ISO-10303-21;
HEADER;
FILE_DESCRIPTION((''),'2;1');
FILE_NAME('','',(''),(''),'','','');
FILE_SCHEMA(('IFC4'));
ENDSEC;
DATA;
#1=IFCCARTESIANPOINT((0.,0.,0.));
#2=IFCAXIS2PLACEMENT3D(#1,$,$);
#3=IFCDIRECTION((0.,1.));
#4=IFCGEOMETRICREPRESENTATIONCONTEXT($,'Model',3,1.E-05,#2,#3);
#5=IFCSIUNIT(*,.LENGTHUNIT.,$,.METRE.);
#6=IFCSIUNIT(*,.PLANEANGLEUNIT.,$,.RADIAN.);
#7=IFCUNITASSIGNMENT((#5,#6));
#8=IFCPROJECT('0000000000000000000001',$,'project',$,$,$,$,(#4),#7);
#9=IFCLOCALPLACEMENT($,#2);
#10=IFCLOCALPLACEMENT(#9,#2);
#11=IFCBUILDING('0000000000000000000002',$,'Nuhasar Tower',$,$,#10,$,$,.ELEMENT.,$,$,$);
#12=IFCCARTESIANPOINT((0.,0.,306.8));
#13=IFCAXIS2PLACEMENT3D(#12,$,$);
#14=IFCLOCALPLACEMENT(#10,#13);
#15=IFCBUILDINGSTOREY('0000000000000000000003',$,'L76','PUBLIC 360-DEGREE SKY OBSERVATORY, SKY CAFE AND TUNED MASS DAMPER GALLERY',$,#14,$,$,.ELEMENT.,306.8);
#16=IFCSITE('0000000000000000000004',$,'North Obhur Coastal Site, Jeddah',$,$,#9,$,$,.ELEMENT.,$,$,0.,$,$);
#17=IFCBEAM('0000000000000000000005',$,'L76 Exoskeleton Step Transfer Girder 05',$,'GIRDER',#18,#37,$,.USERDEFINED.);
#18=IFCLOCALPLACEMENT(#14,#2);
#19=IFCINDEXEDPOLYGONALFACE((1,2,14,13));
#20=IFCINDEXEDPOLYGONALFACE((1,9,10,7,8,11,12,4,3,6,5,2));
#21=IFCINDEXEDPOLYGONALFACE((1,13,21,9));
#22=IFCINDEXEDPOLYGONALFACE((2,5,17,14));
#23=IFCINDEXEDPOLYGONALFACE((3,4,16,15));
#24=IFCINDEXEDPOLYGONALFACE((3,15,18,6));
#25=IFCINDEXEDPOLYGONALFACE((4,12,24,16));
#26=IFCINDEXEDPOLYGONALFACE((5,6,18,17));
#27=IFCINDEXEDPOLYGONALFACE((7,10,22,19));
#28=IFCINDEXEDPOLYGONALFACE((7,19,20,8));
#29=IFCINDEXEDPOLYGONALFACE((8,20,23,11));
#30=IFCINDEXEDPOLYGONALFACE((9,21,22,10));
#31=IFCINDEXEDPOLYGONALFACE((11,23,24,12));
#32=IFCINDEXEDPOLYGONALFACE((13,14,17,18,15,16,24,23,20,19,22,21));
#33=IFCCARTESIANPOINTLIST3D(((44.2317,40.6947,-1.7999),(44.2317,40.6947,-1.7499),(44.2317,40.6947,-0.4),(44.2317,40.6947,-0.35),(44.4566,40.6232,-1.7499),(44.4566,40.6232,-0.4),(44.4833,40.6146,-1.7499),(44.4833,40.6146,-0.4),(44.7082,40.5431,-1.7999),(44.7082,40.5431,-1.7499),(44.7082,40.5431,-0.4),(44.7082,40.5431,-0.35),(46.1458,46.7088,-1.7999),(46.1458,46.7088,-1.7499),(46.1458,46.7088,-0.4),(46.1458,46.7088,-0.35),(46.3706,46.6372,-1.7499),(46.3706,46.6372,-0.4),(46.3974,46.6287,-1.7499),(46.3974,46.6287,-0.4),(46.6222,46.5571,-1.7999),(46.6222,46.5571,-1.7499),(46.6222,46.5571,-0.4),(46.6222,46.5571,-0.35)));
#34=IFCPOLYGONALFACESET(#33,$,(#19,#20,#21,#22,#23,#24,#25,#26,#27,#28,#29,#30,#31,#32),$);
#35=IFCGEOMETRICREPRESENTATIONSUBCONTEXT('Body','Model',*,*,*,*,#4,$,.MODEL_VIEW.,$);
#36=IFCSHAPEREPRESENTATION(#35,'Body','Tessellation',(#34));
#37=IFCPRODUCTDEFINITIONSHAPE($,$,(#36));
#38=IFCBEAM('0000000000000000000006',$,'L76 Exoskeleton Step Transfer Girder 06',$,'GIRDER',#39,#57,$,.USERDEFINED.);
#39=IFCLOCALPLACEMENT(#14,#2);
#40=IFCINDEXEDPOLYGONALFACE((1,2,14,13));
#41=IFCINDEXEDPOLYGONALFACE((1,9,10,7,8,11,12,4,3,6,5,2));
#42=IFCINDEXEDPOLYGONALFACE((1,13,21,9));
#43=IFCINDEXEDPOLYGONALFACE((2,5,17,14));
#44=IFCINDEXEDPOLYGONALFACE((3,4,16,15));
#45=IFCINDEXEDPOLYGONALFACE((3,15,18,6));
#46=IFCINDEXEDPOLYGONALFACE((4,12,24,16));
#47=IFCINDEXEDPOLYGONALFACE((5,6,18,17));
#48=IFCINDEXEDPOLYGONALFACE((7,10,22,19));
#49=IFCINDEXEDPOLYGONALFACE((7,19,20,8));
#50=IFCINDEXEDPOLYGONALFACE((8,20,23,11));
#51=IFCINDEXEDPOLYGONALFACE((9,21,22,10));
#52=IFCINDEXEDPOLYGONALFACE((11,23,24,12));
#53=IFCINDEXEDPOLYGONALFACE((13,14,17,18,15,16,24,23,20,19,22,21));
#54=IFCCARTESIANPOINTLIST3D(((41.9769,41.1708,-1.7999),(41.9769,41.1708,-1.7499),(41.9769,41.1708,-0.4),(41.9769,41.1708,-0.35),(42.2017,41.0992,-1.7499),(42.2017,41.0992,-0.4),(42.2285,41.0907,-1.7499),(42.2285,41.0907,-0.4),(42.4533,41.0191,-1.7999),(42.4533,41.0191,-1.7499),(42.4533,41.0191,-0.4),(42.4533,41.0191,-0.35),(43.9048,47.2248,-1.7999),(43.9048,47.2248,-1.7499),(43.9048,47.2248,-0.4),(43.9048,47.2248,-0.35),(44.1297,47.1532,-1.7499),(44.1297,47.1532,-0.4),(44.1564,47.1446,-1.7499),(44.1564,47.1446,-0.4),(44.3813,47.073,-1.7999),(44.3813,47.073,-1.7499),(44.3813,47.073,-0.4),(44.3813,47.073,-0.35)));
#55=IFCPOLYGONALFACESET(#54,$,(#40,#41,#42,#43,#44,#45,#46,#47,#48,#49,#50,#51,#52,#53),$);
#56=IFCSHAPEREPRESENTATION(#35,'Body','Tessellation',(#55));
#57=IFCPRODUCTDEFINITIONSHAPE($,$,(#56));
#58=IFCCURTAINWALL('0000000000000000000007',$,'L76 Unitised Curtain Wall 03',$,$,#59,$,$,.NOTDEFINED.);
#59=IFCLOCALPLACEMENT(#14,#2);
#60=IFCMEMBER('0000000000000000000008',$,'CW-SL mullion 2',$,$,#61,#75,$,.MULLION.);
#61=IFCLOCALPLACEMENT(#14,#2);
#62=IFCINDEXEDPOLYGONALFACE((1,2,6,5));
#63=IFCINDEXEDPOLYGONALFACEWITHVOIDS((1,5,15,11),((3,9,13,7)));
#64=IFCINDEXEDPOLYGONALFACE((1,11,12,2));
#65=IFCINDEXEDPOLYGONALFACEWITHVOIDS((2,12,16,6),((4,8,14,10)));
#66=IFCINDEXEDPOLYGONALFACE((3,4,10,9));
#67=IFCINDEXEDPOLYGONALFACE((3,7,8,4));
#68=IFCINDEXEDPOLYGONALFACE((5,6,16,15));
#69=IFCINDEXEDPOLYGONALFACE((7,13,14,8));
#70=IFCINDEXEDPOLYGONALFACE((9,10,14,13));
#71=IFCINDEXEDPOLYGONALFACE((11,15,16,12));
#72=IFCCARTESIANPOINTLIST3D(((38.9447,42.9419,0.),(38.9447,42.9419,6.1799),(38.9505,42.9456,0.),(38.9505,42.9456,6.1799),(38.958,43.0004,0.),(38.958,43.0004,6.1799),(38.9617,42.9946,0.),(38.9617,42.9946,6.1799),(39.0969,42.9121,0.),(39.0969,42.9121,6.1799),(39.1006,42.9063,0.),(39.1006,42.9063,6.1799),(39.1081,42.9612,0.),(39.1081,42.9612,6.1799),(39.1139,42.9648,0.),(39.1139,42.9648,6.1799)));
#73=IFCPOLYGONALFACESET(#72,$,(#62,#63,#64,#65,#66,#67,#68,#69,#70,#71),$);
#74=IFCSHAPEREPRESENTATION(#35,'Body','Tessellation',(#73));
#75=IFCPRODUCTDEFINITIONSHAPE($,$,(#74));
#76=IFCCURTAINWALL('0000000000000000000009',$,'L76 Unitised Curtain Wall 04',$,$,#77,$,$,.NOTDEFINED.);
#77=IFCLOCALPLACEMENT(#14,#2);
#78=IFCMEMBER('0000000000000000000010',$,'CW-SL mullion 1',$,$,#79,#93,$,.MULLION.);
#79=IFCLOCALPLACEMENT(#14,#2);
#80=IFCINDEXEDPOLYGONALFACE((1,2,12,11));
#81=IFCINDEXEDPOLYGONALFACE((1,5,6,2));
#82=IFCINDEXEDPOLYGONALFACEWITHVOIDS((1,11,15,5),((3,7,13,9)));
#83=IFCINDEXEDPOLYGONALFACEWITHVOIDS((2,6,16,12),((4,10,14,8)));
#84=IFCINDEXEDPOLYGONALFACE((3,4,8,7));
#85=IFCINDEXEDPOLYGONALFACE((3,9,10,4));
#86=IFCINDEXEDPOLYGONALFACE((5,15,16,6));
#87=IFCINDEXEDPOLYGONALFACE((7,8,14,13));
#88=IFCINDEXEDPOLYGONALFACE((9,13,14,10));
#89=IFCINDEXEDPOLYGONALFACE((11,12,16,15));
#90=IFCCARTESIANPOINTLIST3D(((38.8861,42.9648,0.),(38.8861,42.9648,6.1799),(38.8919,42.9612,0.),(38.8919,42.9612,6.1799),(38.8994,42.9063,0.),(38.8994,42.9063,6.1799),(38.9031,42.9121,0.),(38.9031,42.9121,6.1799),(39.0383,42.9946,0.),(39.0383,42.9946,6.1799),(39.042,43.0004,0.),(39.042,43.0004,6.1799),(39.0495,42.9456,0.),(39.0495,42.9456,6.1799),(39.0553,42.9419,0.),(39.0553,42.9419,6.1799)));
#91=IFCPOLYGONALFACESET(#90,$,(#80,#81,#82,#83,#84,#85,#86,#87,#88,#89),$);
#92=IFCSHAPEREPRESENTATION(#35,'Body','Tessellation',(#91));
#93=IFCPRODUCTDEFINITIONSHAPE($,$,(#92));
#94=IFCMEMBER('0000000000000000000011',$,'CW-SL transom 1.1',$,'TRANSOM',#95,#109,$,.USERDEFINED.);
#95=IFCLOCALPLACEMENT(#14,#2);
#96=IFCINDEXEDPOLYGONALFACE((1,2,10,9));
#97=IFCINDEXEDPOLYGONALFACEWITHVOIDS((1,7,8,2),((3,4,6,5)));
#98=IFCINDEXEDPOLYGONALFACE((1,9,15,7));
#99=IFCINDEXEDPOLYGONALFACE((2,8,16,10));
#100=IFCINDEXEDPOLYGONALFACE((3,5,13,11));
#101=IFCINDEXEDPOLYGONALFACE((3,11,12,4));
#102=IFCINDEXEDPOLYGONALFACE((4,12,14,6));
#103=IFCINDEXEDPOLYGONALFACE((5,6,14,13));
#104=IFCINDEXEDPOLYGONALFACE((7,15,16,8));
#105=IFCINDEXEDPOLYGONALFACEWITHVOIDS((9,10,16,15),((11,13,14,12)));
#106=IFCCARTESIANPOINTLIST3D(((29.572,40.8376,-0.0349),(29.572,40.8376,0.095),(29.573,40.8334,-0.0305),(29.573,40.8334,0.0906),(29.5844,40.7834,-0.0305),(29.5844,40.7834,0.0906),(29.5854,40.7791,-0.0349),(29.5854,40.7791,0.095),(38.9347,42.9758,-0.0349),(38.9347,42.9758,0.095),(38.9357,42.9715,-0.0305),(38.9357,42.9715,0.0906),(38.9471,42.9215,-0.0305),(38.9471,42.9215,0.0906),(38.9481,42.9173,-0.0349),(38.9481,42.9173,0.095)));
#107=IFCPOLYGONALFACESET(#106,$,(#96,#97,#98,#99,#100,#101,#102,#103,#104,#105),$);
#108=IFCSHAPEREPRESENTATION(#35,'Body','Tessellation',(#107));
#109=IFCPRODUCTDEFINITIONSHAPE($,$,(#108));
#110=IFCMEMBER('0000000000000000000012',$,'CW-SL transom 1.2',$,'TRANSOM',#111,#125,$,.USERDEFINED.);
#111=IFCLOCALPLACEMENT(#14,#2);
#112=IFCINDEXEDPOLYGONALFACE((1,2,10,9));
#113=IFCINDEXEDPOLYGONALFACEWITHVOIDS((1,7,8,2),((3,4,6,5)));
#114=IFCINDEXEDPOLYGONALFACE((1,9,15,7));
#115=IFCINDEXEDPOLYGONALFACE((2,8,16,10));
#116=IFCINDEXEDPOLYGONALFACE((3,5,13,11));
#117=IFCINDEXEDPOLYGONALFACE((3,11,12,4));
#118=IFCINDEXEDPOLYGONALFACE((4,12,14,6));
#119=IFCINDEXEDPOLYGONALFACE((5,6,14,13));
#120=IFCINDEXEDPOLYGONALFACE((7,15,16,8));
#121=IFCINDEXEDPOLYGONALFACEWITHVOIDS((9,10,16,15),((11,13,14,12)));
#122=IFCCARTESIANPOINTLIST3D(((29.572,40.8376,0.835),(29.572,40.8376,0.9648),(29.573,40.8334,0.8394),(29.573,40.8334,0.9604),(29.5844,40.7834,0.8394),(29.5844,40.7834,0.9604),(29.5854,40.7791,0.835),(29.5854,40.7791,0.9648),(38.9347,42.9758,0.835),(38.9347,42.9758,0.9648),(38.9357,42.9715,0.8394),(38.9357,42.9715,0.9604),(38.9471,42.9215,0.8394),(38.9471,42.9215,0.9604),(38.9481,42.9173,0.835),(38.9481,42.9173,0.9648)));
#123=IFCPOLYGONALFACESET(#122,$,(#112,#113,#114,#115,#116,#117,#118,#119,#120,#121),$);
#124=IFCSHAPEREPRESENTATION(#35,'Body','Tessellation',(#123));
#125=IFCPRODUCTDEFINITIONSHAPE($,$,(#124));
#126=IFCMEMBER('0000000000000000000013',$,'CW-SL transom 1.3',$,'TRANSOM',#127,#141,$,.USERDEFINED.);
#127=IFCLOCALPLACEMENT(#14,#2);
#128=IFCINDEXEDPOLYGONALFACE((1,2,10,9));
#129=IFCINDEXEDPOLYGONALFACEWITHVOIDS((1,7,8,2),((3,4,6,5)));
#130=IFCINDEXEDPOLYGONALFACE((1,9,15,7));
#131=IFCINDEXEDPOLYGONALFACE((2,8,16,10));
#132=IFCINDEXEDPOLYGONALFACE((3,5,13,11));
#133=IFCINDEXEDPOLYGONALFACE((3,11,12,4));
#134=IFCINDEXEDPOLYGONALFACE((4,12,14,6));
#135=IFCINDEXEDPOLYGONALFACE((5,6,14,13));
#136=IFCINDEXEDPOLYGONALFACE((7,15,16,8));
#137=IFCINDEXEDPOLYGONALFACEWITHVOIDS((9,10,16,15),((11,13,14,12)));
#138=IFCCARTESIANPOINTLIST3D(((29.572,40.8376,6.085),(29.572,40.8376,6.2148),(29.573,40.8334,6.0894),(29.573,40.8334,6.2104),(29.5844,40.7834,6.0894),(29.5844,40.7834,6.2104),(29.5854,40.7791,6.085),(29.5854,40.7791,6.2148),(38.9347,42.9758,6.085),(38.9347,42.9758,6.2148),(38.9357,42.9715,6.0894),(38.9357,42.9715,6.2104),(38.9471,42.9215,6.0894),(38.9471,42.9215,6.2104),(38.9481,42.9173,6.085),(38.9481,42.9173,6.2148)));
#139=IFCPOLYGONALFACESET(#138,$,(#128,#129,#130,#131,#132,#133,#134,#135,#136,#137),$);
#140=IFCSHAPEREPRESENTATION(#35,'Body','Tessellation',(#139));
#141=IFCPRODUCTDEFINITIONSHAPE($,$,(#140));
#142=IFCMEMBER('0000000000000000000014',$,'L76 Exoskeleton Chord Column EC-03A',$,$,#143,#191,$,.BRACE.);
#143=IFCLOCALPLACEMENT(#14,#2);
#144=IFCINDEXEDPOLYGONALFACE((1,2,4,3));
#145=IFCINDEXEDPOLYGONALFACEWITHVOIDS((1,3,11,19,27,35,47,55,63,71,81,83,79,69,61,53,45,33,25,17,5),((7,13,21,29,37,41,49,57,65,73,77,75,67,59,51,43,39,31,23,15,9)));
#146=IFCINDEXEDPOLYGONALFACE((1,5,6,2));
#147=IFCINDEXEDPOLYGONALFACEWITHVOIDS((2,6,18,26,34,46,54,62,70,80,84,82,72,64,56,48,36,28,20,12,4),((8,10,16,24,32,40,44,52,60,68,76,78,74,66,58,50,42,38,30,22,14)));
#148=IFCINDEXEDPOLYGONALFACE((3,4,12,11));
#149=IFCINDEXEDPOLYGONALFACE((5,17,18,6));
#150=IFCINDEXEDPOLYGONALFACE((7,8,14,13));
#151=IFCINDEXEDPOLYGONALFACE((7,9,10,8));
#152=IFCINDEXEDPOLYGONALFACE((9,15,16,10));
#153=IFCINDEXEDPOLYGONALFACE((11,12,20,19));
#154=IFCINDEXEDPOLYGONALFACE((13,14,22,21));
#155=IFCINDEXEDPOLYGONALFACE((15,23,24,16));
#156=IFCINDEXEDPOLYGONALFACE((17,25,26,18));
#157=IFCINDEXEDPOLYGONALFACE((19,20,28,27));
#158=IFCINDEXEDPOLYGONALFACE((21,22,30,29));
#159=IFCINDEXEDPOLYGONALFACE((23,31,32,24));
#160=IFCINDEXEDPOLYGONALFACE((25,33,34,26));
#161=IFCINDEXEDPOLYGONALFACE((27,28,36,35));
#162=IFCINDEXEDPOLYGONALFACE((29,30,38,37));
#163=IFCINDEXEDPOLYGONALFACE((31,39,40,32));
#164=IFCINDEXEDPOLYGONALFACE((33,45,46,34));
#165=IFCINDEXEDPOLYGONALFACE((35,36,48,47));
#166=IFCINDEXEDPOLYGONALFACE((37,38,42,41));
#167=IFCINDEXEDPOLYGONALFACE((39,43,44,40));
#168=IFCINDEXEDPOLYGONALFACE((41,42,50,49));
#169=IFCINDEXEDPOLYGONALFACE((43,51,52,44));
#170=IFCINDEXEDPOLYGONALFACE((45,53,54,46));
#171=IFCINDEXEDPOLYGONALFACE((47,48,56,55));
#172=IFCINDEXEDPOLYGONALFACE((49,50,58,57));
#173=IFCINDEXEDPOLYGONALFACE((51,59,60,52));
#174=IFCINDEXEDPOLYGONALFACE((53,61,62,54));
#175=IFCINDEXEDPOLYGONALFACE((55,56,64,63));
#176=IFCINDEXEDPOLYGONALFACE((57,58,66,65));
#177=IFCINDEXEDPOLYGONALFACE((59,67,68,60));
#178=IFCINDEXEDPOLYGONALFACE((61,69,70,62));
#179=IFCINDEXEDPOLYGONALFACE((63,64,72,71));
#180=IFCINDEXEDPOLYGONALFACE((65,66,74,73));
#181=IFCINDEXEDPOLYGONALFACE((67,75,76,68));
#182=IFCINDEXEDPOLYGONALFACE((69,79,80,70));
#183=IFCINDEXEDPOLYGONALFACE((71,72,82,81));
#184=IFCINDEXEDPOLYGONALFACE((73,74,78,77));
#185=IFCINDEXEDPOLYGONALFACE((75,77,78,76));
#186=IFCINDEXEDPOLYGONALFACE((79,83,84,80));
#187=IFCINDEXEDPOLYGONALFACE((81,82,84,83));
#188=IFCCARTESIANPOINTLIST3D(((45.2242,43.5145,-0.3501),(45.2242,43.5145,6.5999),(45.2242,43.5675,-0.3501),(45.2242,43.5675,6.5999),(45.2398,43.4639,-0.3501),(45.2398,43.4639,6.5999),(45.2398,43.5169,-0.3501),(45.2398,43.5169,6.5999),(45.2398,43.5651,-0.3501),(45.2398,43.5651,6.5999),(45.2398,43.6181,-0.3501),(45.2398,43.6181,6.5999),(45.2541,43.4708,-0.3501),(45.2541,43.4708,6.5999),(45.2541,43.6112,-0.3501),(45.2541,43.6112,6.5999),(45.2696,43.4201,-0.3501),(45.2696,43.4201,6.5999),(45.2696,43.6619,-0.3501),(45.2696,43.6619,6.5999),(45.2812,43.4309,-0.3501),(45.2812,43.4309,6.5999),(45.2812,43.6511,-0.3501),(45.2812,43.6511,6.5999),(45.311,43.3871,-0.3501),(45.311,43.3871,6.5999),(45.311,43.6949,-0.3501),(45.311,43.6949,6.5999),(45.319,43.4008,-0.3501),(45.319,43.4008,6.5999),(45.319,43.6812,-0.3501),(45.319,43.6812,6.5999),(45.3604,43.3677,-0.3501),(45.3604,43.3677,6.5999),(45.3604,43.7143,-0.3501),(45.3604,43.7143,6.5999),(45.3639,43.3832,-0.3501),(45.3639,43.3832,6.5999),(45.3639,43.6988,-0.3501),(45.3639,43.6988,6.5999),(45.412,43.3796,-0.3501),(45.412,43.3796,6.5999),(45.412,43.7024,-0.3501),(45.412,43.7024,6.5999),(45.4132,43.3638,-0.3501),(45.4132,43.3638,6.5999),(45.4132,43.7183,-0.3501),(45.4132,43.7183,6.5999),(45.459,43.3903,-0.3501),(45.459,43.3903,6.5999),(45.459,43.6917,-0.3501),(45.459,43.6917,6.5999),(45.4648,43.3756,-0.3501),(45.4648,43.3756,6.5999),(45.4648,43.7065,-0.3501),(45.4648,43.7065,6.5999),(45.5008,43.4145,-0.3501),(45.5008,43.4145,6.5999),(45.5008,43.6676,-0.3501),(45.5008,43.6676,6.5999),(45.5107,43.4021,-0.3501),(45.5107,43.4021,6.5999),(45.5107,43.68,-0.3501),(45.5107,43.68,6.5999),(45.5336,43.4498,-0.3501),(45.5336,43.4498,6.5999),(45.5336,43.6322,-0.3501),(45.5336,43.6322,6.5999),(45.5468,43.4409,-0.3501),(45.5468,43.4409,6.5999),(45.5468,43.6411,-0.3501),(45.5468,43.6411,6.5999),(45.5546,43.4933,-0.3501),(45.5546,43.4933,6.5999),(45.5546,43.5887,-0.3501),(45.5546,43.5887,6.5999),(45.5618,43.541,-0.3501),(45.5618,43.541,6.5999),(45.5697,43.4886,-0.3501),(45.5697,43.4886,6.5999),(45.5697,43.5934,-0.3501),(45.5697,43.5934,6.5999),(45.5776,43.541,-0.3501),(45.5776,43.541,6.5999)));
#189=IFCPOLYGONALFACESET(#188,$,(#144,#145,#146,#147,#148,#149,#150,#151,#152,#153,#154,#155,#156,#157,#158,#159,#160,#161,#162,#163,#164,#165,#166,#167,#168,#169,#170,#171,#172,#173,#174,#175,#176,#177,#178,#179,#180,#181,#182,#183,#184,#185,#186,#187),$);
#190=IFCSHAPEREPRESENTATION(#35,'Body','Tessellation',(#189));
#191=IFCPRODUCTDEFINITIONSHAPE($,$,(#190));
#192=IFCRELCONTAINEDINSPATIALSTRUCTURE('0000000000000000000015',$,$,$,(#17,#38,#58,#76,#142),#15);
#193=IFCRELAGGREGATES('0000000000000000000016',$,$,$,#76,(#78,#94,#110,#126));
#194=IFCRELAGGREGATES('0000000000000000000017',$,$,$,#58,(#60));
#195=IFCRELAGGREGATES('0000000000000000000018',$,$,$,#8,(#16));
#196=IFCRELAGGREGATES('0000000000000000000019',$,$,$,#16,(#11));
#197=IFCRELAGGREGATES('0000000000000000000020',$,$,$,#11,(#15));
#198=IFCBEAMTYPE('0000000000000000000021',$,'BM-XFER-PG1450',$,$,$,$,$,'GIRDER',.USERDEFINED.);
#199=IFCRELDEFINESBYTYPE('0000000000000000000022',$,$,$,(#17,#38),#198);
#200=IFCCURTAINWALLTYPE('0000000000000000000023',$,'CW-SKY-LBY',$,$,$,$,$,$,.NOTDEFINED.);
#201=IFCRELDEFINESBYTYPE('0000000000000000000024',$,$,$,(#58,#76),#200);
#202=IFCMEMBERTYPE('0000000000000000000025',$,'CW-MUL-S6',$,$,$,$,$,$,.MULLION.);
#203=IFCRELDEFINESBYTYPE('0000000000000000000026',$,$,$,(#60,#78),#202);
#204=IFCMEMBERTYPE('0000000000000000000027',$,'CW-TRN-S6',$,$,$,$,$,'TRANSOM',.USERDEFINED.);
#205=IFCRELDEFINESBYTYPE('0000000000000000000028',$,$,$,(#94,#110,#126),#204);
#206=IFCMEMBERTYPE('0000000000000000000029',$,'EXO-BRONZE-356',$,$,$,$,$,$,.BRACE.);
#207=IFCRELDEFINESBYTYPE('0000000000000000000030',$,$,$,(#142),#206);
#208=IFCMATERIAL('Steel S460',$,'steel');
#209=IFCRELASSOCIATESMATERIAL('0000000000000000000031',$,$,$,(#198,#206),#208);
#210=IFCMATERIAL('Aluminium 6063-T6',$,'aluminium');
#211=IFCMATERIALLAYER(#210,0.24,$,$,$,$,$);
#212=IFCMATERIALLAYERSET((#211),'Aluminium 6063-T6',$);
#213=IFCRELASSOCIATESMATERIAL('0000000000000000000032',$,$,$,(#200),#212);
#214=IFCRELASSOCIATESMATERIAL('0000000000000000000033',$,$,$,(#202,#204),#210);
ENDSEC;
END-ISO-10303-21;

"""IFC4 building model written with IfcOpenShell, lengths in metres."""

from ifc_helpers import new_model, si_unit, direction, frame, origin, origin_2d, place, context, subcontext, project, spatial, hollow_rectangle, hollow_circle, i_section, extrude, material, layer, layer_set, material_profile, profile_set, type_object, element, aggregate, save


model = new_model("IFC4")

# Units and contexts
model_context = context("Model", 3, precision=1e-05, world=origin(), true_north=direction((0.0, 1.0)))
body_context = subcontext(model_context, "Body", "Model", "MODEL_VIEW")
ifc_project = project(units=[si_unit("LENGTHUNIT", "METRE"), si_unit("PLANEANGLEUNIT", "RADIAN")], contexts=[model_context])

# Site, building, storey
site_placement = place(None, origin())
site = spatial("IfcSite", under=ifc_project, at=site_placement, Name="North Obhur Coastal Site, Jeddah", CompositionType="ELEMENT", RefElevation=0.0)
building_placement = place(site_placement, origin())
building = spatial("IfcBuilding", under=site, at=building_placement, Name="Nuhasar Tower", CompositionType="ELEMENT")
storey_placement = place(building_placement, frame((0.0, 0.0, 306.8)))
storey = spatial("IfcBuildingStorey", under=building, at=storey_placement, Name="L76", Description="PUBLIC 360-DEGREE SKY OBSERVATORY, SKY CAFE AND TUNED MASS DAMPER GALLERY", CompositionType="ELEMENT", Elevation=306.8)

# Beams
ifc_material_1 = material(Name="Steel S460", Category="steel")
ifc_material_profile_1 = material_profile(ifc_material_1, i_section(OverallWidth=0.5, OverallDepth=1.45, WebThickness=0.0281, FlangeThickness=0.05, at=origin_2d()), Name="PG1450X500")
ifc_profile_set_1 = profile_set([ifc_material_profile_1], Name="Steel S460")
beam_type = type_object("IfcBeamType", Name="BM-XFER-PG1450", ElementType="GIRDER", PredefinedType="USERDEFINED", material=ifc_profile_set_1)
beam_1_placement = place(storey_placement, frame((44.47, 40.6189, -1.075), z_axis=(0.303271, 0.952904, 0.0), x_axis=(-0.952904, 0.303271, 0.0)))
element("IfcBeam", 1, at=beam_1_placement, inside=storey, type_object=beam_type, Name="L76 Exoskeleton Step Transfer Girder 05", ObjectType="GIRDER", PredefinedType="USERDEFINED", context=body_context, shape_type="SweptSolid", body=[
    extrude(i_section(OverallWidth=0.5, OverallDepth=1.45, WebThickness=0.0281, FlangeThickness=0.05, at=origin_2d()), origin(), (0.0, 0.0, 1.0), 6.3113),
])
beam_2_placement = place(storey_placement, frame((42.2151, 41.095, -1.075), z_axis=(0.303449, 0.952848, 0.0), x_axis=(-0.952848, 0.303449, 0.0)))
element("IfcBeam", 2, at=beam_2_placement, inside=storey, type_object=beam_type, Name="L76 Exoskeleton Step Transfer Girder 06", ObjectType="GIRDER", PredefinedType="USERDEFINED", context=body_context, shape_type="SweptSolid", body=[
    extrude(i_section(OverallWidth=0.5, OverallDepth=1.45, WebThickness=0.0281, FlangeThickness=0.05, at=origin_2d()), origin(), (0.0, 0.0, 1.0), 6.3535),
])

# Curtain wall, member
ifc_material_2 = material(Name="Aluminium 6063-T6", Category="aluminium")
ifc_layer_1 = layer(ifc_material_2, 0.24)
ifc_layer_set_1 = layer_set([ifc_layer_1], Name="Aluminium 6063-T6")
curtain_wall_type = type_object("IfcCurtainWallType", Name="CW-SKY-LBY", PredefinedType="NOTDEFINED", material=ifc_layer_set_1)
curtain_wall_1_placement = place(storey_placement, origin())
curtain_wall_1 = element("IfcCurtainWall", 3, at=curtain_wall_1_placement, inside=storey, type_object=curtain_wall_type, Name="L76 Unitised Curtain Wall 03", PredefinedType="NOTDEFINED")
ifc_material_profile_2 = material_profile(ifc_material_2, hollow_rectangle(XDim=0.0601, YDim=0.1599, WallThickness=0.0049, at=origin_2d()), Name="CWM-6")
ifc_profile_set_2 = profile_set([ifc_material_profile_2], Name="Aluminium 6063-T6")
member_type_1 = type_object("IfcMemberType", Name="CW-MUL-S6", PredefinedType="MULLION", material=ifc_profile_set_2)
member_1_placement = place(storey_placement, frame((39.0293, 42.9534, 0.0), z_axis=(0.0, 0.0, 1.0), x_axis=(-0.222643, -0.9749, 0.0)))
member_1 = element("IfcMember", 4, at=member_1_placement, type_object=member_type_1, Name="CW-SL mullion 2", PredefinedType="MULLION", context=body_context, shape_type="SweptSolid", body=[
    extrude(hollow_rectangle(XDim=0.0601, YDim=0.1599, WallThickness=0.0049, at=origin_2d()), origin(), (0.0, 0.0, 1.0), 6.1799),
])

# Curtain wall, members
curtain_wall_2_placement = place(storey_placement, origin())
curtain_wall_2 = element("IfcCurtainWall", 5, at=curtain_wall_2_placement, inside=storey, type_object=curtain_wall_type, Name="L76 Unitised Curtain Wall 04", PredefinedType="NOTDEFINED")
member_2_placement = place(storey_placement, frame((38.9707, 42.9534, 0.0), z_axis=(0.0, 0.0, 1.0), x_axis=(0.222643, -0.9749, 0.0)))
member_2 = element("IfcMember", 6, at=member_2_placement, type_object=member_type_1, Name="CW-SL mullion 1", PredefinedType="MULLION", context=body_context, shape_type="SweptSolid", body=[
    extrude(hollow_rectangle(XDim=0.0601, YDim=0.1599, WallThickness=0.0049, at=origin_2d()), origin(), (0.0, 0.0, 1.0), 6.1799),
])
ifc_material_profile_3 = material_profile(ifc_material_2, hollow_rectangle(XDim=0.0601, YDim=0.1299, WallThickness=0.0044, at=origin_2d()), Name="CWT-6")
ifc_profile_set_3 = profile_set([ifc_material_profile_3], Name="Aluminium 6063-T6")
member_type_2 = type_object("IfcMemberType", Name="CW-TRN-S6", ElementType="TRANSOM", PredefinedType="USERDEFINED", material=ifc_profile_set_3)
member_3_placement = place(storey_placement, frame((38.9414, 42.9465, 0.03), z_axis=(-0.974901, -0.222638, 0.0), x_axis=(0.222638, -0.974901, 0.0)))
member_3 = element("IfcMember", 7, at=member_3_placement, type_object=member_type_2, Name="CW-SL transom 1.1", ObjectType="TRANSOM", PredefinedType="USERDEFINED", context=body_context, shape_type="SweptSolid", body=[
    extrude(hollow_rectangle(XDim=0.0601, YDim=0.1299, WallThickness=0.0044, at=origin_2d()), origin(), (0.0, 0.0, 1.0), 9.6038),
])
member_4_placement = place(storey_placement, frame((38.9414, 42.9465, 0.8999), z_axis=(-0.974901, -0.222638, 0.0), x_axis=(0.222638, -0.974901, 0.0)))
member_4 = element("IfcMember", 8, at=member_4_placement, type_object=member_type_2, Name="CW-SL transom 1.2", ObjectType="TRANSOM", PredefinedType="USERDEFINED", context=body_context, shape_type="SweptSolid", body=[
    extrude(hollow_rectangle(XDim=0.0601, YDim=0.1299, WallThickness=0.0044, at=origin_2d()), origin(), (0.0, 0.0, 1.0), 9.6038),
])
member_5_placement = place(storey_placement, frame((38.9414, 42.9465, 6.1499), z_axis=(-0.974901, -0.222638, 0.0), x_axis=(0.222638, -0.974901, 0.0)))
member_5 = element("IfcMember", 9, at=member_5_placement, type_object=member_type_2, Name="CW-SL transom 1.3", ObjectType="TRANSOM", PredefinedType="USERDEFINED", context=body_context, shape_type="SweptSolid", body=[
    extrude(hollow_rectangle(XDim=0.0601, YDim=0.1299, WallThickness=0.0044, at=origin_2d()), origin(), (0.0, 0.0, 1.0), 9.6038),
])
aggregate(curtain_wall_2, [member_2, member_3, member_4, member_5])

# Member
ifc_material_profile_4 = material_profile(ifc_material_1, hollow_circle(Radius=0.1777, WallThickness=0.0159, at=origin_2d()), Name="HSS355.6X15.9")
ifc_profile_set_4 = profile_set([ifc_material_profile_4], Name="Steel S460")
member_type_3 = type_object("IfcMemberType", Name="EXO-BRONZE-356", PredefinedType="BRACE", material=ifc_profile_set_4)
for number, where, z_axis, x_axis, name in (
    (10, (45.3999, 43.541, -0.3501), (0.0, 0.0, 1.0), (1.0, 0.0, 0.0), "L76 Exoskeleton Chord Column EC-03A"),
):
    element("IfcMember", number, at=place(storey_placement, frame(where, z_axis=z_axis, x_axis=x_axis)), inside=storey, type_object=member_type_3, Name=name, PredefinedType="BRACE", context=body_context, shape_type="SweptSolid", body=[
        extrude(hollow_circle(Radius=0.1777, WallThickness=0.0159, at=origin_2d()), origin(), (0.0, 0.0, 1.0), 6.95),
    ])

aggregate(curtain_wall_1, [member_1])

save(model, "model.ifc")
